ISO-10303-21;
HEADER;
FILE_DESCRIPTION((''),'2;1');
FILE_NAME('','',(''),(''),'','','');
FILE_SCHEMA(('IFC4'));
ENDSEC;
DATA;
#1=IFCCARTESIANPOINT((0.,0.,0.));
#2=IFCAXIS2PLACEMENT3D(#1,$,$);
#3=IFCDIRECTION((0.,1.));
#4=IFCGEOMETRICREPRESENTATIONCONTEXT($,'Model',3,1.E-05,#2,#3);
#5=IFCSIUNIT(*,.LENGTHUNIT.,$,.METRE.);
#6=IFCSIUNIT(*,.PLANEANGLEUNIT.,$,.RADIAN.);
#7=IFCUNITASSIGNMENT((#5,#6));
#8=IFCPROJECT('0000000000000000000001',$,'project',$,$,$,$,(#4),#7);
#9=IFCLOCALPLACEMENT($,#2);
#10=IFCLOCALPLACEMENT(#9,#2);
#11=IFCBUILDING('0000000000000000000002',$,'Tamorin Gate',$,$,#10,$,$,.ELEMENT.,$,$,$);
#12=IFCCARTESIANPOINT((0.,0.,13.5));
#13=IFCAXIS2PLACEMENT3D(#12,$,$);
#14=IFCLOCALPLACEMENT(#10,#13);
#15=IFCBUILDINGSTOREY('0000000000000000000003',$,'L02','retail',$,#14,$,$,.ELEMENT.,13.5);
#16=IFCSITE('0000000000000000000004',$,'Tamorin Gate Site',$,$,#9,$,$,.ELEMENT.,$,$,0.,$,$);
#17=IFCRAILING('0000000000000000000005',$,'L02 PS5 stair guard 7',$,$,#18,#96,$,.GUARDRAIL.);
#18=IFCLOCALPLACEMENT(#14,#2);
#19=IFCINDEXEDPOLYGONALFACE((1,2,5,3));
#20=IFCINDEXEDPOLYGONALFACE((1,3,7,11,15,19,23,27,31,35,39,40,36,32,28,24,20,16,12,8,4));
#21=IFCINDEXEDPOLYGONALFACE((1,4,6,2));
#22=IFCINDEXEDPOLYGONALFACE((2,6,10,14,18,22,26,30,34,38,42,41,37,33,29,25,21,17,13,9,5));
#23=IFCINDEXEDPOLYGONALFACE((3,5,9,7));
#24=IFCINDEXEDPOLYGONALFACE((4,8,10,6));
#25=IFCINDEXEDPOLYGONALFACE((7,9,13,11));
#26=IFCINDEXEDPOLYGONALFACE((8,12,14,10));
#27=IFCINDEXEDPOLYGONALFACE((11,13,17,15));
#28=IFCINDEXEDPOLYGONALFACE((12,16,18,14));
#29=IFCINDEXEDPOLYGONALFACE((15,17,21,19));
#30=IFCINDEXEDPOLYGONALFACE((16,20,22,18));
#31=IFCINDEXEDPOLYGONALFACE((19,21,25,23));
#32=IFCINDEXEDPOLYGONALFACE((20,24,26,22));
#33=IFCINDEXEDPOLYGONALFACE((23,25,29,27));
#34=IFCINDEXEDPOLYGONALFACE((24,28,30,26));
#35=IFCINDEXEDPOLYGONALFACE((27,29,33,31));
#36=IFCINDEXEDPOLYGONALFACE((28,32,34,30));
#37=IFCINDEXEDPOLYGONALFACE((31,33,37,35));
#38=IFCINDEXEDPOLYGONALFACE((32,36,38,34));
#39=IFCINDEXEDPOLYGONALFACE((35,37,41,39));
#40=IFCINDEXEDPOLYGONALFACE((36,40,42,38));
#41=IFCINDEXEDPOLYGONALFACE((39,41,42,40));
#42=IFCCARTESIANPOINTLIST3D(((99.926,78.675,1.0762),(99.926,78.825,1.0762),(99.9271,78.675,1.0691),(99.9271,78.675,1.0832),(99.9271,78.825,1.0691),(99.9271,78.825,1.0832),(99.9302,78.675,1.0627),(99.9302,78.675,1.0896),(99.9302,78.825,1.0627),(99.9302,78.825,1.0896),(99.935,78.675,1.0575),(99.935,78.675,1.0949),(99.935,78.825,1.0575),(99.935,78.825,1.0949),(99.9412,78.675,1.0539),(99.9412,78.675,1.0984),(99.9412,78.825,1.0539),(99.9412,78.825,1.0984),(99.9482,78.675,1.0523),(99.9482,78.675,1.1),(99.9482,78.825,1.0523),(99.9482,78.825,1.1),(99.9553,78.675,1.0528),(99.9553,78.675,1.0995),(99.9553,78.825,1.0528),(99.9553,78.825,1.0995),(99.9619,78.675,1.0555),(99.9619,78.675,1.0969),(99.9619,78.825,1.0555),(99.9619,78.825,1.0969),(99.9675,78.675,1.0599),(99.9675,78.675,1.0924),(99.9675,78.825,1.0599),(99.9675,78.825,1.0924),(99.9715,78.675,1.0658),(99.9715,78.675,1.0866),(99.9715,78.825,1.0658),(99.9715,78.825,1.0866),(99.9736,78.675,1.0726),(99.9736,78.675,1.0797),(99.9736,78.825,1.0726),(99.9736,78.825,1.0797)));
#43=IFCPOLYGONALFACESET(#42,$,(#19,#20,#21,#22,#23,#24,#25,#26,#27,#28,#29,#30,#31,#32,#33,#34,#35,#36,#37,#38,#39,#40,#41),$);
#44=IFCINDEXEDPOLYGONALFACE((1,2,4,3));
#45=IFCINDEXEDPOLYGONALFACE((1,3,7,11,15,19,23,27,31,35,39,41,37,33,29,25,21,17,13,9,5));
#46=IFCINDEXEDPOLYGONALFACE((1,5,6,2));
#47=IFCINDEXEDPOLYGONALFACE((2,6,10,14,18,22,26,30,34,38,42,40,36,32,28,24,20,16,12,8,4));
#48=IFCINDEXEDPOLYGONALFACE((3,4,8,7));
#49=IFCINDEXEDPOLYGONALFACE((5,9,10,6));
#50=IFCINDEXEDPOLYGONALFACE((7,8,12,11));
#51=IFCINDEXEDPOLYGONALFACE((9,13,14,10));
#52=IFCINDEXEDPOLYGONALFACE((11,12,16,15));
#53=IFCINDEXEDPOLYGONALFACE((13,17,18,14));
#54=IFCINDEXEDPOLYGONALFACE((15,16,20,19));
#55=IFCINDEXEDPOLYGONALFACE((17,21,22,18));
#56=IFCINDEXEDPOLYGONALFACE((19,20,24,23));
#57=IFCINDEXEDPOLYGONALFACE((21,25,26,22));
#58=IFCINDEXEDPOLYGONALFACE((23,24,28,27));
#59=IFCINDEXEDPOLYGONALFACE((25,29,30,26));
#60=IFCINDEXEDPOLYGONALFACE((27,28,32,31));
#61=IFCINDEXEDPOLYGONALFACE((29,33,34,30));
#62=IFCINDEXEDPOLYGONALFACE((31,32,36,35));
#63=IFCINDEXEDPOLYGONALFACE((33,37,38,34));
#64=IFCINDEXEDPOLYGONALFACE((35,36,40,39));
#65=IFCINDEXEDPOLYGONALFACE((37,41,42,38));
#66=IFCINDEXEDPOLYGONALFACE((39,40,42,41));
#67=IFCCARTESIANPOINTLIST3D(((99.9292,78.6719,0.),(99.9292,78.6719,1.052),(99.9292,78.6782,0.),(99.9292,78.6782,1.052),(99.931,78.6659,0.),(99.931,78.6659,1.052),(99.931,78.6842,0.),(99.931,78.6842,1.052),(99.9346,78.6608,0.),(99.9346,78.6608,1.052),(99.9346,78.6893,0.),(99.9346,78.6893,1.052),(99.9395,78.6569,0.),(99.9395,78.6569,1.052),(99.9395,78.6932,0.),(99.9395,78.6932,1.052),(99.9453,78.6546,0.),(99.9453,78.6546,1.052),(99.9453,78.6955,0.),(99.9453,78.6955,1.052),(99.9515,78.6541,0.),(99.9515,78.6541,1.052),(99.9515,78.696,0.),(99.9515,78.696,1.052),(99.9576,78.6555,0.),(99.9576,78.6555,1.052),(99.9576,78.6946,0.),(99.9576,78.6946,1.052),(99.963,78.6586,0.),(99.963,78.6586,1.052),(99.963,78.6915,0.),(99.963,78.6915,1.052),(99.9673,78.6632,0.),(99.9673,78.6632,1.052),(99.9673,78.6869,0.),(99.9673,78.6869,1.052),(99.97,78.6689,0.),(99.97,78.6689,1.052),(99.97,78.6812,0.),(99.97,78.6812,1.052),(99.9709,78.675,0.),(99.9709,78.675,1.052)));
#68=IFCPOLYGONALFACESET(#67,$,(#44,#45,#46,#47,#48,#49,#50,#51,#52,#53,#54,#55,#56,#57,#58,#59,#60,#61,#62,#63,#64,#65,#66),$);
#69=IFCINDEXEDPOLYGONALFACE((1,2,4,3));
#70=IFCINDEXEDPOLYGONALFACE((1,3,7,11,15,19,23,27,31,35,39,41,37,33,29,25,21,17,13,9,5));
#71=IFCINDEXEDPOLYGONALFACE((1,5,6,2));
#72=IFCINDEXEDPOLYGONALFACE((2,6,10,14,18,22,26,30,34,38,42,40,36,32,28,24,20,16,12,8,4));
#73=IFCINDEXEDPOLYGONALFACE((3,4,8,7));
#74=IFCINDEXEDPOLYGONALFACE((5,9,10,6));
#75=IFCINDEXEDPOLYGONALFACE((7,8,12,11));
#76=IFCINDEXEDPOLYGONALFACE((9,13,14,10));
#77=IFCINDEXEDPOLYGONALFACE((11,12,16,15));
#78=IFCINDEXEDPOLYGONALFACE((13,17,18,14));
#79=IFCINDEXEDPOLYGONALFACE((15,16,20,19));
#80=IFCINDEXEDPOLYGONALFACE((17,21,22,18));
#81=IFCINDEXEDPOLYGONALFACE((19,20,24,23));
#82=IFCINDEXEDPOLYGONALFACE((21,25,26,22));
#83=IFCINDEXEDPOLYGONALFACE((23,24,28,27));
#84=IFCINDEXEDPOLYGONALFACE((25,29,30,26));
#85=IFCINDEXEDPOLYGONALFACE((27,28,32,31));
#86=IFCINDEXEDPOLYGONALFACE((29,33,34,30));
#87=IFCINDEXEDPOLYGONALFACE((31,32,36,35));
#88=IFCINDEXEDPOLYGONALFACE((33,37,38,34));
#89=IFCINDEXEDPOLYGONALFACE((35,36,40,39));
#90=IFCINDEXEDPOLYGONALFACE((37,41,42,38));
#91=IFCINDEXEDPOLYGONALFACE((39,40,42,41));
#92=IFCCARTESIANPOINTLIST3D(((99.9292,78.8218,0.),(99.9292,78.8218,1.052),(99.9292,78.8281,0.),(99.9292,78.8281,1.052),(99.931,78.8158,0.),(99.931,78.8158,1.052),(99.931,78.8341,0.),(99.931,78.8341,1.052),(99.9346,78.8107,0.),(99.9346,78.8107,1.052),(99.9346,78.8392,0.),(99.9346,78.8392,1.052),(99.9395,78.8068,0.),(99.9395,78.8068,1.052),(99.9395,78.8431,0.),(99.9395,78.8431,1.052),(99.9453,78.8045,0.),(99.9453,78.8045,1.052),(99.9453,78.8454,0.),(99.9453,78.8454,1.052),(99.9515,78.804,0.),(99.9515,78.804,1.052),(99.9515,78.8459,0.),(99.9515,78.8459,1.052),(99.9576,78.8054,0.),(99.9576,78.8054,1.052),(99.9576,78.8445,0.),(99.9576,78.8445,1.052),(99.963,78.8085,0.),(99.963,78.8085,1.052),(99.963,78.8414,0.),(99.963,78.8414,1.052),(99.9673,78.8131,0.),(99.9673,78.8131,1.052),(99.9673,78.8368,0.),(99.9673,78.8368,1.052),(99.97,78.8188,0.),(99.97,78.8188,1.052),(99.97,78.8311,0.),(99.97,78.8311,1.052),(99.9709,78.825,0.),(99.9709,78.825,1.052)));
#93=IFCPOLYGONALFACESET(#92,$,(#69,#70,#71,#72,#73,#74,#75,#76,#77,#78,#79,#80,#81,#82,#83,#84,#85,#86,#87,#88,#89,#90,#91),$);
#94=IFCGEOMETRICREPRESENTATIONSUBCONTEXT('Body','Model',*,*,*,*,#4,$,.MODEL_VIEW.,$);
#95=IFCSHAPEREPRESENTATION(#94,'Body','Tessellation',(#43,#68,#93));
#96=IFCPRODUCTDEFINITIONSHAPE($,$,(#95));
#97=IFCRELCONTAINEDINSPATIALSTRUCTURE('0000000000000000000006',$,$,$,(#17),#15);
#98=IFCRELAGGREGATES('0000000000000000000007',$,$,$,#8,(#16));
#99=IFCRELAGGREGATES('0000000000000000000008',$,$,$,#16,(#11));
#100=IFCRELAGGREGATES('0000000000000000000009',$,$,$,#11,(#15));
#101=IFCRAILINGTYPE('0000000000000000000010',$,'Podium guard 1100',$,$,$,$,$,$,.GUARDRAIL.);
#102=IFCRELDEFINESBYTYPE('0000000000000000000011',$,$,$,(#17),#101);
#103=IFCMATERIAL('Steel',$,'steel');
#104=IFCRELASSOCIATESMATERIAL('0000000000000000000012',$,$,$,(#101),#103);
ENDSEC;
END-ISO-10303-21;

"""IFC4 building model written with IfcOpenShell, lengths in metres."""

from ifc_helpers import new_model, si_unit, direction, frame, origin, origin_2d, place, context, subcontext, project, spatial, circle, extrude, material, type_object, element, save


model = new_model("IFC4")

# Units and contexts
model_context = context("Model", 3, precision=1e-05, world=origin(), true_north=direction((0.0, 1.0)))
body_context = subcontext(model_context, "Body", "Model", "MODEL_VIEW")
ifc_project = project(units=[si_unit("LENGTHUNIT", "METRE"), si_unit("PLANEANGLEUNIT", "RADIAN")], contexts=[model_context])

# Site, building, storey
site_placement = place(None, origin())
site = spatial("IfcSite", under=ifc_project, at=site_placement, Name="Tamorin Gate Site", CompositionType="ELEMENT", RefElevation=0.0)
building_placement = place(site_placement, origin())
building = spatial("IfcBuilding", under=site, at=building_placement, Name="Tamorin Gate", CompositionType="ELEMENT")
storey_placement = place(building_placement, frame((0.0, 0.0, 13.5)))
storey = spatial("IfcBuildingStorey", under=building, at=storey_placement, Name="L02", Description="retail", CompositionType="ELEMENT", Elevation=13.5)

# Railing
ifc_material_1 = material(Name="Steel", Category="steel")
railing_type_1 = type_object("IfcRailingType", Name="Podium guard 1100", PredefinedType="GUARDRAIL", material=ifc_material_1)
railing_1_placement = place(storey_placement, frame((99.95, 78.675, 0.0)))
element("IfcRailing", 1, at=railing_1_placement, inside=storey, type_object=railing_type_1, Name="L02 PS5 stair guard 7", PredefinedType="GUARDRAIL", context=body_context, shape_type="SweptSolid", body=[
    extrude(circle(Radius=0.0239, at=origin_2d()), frame((0.0, 0.0, 1.0762), z_axis=(0.0, 1.0, 0.0), x_axis=(-1.0, 0.0, 0.0)), (0.0, 0.0, 1.0), 0.1499),
    extrude(circle(Radius=0.021, at=origin_2d()), origin(), (0.0, 0.0, 1.0), 1.052),
    extrude(circle(Radius=0.021, at=origin_2d()), frame((0.0, 0.1499, 0.0)), (0.0, 0.0, 1.0), 1.052),
])

save(model, "model.ifc")
